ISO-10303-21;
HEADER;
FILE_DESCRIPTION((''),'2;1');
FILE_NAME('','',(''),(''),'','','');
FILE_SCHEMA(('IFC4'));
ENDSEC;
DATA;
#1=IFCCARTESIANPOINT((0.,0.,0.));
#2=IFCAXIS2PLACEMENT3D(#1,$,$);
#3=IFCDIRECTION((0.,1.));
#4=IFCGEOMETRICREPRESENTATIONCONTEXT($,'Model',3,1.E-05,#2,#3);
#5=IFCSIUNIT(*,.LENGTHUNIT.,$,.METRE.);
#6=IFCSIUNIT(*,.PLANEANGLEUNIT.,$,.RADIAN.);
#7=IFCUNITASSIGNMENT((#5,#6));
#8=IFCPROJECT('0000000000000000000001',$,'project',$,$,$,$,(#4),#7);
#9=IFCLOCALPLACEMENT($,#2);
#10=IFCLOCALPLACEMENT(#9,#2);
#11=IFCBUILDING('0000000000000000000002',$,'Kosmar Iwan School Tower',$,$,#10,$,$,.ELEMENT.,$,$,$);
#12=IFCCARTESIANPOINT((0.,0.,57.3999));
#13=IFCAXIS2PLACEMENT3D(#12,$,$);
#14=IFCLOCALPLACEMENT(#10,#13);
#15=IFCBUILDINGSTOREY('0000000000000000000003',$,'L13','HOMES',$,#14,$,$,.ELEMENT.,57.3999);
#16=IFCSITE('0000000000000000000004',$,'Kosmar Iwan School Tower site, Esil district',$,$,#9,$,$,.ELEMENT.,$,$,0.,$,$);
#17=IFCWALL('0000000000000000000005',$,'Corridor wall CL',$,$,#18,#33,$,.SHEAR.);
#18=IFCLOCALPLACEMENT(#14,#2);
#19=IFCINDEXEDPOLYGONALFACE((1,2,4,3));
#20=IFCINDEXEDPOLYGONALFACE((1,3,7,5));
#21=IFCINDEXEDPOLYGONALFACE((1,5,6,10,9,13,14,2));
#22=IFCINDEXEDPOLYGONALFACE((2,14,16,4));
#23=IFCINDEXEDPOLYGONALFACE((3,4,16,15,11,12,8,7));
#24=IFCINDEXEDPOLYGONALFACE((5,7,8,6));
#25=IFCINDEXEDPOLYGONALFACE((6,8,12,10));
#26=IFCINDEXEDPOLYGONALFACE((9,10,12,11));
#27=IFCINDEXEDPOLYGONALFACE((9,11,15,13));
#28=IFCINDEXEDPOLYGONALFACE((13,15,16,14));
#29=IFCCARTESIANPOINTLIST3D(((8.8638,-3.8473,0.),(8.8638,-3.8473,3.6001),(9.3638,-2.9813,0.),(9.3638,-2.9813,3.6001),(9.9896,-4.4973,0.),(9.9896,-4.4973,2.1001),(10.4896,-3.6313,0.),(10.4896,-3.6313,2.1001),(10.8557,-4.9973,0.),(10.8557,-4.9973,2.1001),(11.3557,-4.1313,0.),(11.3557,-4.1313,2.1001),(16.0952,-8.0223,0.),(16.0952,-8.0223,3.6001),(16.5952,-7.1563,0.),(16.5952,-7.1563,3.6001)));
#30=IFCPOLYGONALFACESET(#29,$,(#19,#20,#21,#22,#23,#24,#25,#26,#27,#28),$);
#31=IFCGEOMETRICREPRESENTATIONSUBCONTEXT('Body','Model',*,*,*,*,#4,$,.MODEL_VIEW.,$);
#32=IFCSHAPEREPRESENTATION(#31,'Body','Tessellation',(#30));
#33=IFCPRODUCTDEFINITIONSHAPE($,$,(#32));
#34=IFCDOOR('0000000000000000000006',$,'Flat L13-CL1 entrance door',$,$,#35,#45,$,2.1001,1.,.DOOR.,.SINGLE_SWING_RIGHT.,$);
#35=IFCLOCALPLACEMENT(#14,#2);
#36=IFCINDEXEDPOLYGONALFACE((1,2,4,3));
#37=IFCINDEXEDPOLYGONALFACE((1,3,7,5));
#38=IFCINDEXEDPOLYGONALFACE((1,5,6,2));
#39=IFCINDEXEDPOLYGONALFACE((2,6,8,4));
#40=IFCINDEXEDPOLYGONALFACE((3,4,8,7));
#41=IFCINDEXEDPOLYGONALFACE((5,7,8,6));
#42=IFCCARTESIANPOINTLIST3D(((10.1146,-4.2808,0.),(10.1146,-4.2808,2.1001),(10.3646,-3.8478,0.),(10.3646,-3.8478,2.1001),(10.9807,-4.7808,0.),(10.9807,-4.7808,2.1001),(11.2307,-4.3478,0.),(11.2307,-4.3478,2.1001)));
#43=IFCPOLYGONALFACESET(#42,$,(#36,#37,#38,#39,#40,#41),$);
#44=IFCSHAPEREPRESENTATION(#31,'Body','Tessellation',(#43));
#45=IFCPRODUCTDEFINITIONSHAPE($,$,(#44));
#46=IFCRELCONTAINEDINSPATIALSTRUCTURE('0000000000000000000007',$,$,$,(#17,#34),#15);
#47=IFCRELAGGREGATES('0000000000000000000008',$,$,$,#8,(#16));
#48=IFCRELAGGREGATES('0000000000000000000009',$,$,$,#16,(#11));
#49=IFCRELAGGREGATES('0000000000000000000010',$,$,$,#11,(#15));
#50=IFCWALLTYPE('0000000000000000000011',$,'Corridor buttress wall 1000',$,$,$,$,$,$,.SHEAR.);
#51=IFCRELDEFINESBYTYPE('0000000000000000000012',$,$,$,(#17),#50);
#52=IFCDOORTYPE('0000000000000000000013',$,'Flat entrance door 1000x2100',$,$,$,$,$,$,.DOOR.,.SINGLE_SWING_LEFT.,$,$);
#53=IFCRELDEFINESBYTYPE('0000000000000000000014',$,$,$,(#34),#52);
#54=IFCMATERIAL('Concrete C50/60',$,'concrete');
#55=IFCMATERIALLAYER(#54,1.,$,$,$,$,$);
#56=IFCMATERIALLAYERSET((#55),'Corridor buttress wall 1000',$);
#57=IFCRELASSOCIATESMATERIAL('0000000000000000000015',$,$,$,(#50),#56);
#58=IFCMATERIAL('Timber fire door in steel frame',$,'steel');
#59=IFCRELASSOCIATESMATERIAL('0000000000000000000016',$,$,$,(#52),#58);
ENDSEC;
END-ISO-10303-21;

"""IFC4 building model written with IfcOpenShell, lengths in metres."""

from ifc_helpers import new_model, si_unit, direction, frame, frame_2d, origin, place, context, subcontext, project, spatial, rectangle, extrude, material, layer, layer_set, type_object, element, fill, save


model = new_model("IFC4")

# Units and contexts
model_context = context("Model", 3, precision=1e-05, world=origin(), true_north=direction((0.0, 1.0)))
body_context = subcontext(model_context, "Body", "Model", "MODEL_VIEW")
ifc_project = project(units=[si_unit("LENGTHUNIT", "METRE"), si_unit("PLANEANGLEUNIT", "RADIAN")], contexts=[model_context])

# Site, building, storey
site_placement = place(None, origin())
site = spatial("IfcSite", under=ifc_project, at=site_placement, Name="Kosmar Iwan School Tower site, Esil district", CompositionType="ELEMENT", RefElevation=0.0)
building_placement = place(site_placement, origin())
building = spatial("IfcBuilding", under=site, at=building_placement, Name="Kosmar Iwan School Tower", CompositionType="ELEMENT")
storey_placement = place(building_placement, frame((0.0, 0.0, 57.3999)))
storey = spatial("IfcBuildingStorey", under=building, at=storey_placement, Name="L13", Description="HOMES", CompositionType="ELEMENT", Elevation=57.3999)

# Wall, opening, door
ifc_material_1 = material(Name="Concrete C50/60", Category="concrete")
ifc_layer_1 = layer(ifc_material_1, 1.0)
ifc_layer_set_1 = layer_set([ifc_layer_1], Name="Corridor buttress wall 1000")
wall_type_1 = type_object("IfcWallType", Name="Corridor buttress wall 1000", PredefinedType="SHEAR", material=ifc_layer_set_1)
wall_1_placement = place(storey_placement, frame((9.1138, -3.4143, 0.0), z_axis=(0.0, 0.0, 1.0), x_axis=(0.866027, -0.499997, 0.0)))
wall_1 = element("IfcWall", 1, at=wall_1_placement, inside=storey, type_object=wall_type_1, Name="Corridor wall CL", PredefinedType="SHEAR", context=body_context, shape_type="SweptSolid", body=[
    extrude(rectangle(XDim=8.3501, YDim=1.0, at=frame_2d((4.175, 0.0))), origin(), (0.0, 0.0, 1.0), 3.6001),
])
opening_1_placement = place(wall_1_placement, frame((1.3, 0.0, 0.0)))
opening_1 = element("IfcOpeningElement", 2, at=opening_1_placement, cuts=wall_1, PredefinedType="OPENING", context=body_context, shape_type="SweptSolid", body=[
    extrude(rectangle(XDim=1.0, YDim=2.1001, at=frame_2d((0.5, 1.05))), frame((0.0, 0.512, 0.0), z_axis=(0.0, -1.0, 0.0), x_axis=(1.0, 0.0, 0.0)), (0.0, 0.0, 1.0), 1.0239),
])
ifc_material_2 = material(Name="Timber fire door in steel frame", Category="steel")
door_type_1 = type_object("IfcDoorType", Name="Flat entrance door 1000x2100", OperationType="SINGLE_SWING_LEFT", PredefinedType="DOOR", material=ifc_material_2)
door_1_placement = place(opening_1_placement, origin())
door_1 = element("IfcDoor", 3, at=door_1_placement, inside=storey, type_object=door_type_1, Name="Flat L13-CL1 entrance door", OperationType="SINGLE_SWING_RIGHT", OverallHeight=2.1001, OverallWidth=1.0, PredefinedType="DOOR", context=body_context, shape_type="SweptSolid", body=[
    extrude(rectangle(XDim=1.0, YDim=2.1001, at=frame_2d((0.5, 1.05))), frame((0.0, 0.25, 0.0), z_axis=(0.0, -1.0, 0.0), x_axis=(1.0, 0.0, 0.0)), (0.0, 0.0, 1.0), 0.5),
])
fill(opening_1, door_1)

save(model, "model.ifc")
